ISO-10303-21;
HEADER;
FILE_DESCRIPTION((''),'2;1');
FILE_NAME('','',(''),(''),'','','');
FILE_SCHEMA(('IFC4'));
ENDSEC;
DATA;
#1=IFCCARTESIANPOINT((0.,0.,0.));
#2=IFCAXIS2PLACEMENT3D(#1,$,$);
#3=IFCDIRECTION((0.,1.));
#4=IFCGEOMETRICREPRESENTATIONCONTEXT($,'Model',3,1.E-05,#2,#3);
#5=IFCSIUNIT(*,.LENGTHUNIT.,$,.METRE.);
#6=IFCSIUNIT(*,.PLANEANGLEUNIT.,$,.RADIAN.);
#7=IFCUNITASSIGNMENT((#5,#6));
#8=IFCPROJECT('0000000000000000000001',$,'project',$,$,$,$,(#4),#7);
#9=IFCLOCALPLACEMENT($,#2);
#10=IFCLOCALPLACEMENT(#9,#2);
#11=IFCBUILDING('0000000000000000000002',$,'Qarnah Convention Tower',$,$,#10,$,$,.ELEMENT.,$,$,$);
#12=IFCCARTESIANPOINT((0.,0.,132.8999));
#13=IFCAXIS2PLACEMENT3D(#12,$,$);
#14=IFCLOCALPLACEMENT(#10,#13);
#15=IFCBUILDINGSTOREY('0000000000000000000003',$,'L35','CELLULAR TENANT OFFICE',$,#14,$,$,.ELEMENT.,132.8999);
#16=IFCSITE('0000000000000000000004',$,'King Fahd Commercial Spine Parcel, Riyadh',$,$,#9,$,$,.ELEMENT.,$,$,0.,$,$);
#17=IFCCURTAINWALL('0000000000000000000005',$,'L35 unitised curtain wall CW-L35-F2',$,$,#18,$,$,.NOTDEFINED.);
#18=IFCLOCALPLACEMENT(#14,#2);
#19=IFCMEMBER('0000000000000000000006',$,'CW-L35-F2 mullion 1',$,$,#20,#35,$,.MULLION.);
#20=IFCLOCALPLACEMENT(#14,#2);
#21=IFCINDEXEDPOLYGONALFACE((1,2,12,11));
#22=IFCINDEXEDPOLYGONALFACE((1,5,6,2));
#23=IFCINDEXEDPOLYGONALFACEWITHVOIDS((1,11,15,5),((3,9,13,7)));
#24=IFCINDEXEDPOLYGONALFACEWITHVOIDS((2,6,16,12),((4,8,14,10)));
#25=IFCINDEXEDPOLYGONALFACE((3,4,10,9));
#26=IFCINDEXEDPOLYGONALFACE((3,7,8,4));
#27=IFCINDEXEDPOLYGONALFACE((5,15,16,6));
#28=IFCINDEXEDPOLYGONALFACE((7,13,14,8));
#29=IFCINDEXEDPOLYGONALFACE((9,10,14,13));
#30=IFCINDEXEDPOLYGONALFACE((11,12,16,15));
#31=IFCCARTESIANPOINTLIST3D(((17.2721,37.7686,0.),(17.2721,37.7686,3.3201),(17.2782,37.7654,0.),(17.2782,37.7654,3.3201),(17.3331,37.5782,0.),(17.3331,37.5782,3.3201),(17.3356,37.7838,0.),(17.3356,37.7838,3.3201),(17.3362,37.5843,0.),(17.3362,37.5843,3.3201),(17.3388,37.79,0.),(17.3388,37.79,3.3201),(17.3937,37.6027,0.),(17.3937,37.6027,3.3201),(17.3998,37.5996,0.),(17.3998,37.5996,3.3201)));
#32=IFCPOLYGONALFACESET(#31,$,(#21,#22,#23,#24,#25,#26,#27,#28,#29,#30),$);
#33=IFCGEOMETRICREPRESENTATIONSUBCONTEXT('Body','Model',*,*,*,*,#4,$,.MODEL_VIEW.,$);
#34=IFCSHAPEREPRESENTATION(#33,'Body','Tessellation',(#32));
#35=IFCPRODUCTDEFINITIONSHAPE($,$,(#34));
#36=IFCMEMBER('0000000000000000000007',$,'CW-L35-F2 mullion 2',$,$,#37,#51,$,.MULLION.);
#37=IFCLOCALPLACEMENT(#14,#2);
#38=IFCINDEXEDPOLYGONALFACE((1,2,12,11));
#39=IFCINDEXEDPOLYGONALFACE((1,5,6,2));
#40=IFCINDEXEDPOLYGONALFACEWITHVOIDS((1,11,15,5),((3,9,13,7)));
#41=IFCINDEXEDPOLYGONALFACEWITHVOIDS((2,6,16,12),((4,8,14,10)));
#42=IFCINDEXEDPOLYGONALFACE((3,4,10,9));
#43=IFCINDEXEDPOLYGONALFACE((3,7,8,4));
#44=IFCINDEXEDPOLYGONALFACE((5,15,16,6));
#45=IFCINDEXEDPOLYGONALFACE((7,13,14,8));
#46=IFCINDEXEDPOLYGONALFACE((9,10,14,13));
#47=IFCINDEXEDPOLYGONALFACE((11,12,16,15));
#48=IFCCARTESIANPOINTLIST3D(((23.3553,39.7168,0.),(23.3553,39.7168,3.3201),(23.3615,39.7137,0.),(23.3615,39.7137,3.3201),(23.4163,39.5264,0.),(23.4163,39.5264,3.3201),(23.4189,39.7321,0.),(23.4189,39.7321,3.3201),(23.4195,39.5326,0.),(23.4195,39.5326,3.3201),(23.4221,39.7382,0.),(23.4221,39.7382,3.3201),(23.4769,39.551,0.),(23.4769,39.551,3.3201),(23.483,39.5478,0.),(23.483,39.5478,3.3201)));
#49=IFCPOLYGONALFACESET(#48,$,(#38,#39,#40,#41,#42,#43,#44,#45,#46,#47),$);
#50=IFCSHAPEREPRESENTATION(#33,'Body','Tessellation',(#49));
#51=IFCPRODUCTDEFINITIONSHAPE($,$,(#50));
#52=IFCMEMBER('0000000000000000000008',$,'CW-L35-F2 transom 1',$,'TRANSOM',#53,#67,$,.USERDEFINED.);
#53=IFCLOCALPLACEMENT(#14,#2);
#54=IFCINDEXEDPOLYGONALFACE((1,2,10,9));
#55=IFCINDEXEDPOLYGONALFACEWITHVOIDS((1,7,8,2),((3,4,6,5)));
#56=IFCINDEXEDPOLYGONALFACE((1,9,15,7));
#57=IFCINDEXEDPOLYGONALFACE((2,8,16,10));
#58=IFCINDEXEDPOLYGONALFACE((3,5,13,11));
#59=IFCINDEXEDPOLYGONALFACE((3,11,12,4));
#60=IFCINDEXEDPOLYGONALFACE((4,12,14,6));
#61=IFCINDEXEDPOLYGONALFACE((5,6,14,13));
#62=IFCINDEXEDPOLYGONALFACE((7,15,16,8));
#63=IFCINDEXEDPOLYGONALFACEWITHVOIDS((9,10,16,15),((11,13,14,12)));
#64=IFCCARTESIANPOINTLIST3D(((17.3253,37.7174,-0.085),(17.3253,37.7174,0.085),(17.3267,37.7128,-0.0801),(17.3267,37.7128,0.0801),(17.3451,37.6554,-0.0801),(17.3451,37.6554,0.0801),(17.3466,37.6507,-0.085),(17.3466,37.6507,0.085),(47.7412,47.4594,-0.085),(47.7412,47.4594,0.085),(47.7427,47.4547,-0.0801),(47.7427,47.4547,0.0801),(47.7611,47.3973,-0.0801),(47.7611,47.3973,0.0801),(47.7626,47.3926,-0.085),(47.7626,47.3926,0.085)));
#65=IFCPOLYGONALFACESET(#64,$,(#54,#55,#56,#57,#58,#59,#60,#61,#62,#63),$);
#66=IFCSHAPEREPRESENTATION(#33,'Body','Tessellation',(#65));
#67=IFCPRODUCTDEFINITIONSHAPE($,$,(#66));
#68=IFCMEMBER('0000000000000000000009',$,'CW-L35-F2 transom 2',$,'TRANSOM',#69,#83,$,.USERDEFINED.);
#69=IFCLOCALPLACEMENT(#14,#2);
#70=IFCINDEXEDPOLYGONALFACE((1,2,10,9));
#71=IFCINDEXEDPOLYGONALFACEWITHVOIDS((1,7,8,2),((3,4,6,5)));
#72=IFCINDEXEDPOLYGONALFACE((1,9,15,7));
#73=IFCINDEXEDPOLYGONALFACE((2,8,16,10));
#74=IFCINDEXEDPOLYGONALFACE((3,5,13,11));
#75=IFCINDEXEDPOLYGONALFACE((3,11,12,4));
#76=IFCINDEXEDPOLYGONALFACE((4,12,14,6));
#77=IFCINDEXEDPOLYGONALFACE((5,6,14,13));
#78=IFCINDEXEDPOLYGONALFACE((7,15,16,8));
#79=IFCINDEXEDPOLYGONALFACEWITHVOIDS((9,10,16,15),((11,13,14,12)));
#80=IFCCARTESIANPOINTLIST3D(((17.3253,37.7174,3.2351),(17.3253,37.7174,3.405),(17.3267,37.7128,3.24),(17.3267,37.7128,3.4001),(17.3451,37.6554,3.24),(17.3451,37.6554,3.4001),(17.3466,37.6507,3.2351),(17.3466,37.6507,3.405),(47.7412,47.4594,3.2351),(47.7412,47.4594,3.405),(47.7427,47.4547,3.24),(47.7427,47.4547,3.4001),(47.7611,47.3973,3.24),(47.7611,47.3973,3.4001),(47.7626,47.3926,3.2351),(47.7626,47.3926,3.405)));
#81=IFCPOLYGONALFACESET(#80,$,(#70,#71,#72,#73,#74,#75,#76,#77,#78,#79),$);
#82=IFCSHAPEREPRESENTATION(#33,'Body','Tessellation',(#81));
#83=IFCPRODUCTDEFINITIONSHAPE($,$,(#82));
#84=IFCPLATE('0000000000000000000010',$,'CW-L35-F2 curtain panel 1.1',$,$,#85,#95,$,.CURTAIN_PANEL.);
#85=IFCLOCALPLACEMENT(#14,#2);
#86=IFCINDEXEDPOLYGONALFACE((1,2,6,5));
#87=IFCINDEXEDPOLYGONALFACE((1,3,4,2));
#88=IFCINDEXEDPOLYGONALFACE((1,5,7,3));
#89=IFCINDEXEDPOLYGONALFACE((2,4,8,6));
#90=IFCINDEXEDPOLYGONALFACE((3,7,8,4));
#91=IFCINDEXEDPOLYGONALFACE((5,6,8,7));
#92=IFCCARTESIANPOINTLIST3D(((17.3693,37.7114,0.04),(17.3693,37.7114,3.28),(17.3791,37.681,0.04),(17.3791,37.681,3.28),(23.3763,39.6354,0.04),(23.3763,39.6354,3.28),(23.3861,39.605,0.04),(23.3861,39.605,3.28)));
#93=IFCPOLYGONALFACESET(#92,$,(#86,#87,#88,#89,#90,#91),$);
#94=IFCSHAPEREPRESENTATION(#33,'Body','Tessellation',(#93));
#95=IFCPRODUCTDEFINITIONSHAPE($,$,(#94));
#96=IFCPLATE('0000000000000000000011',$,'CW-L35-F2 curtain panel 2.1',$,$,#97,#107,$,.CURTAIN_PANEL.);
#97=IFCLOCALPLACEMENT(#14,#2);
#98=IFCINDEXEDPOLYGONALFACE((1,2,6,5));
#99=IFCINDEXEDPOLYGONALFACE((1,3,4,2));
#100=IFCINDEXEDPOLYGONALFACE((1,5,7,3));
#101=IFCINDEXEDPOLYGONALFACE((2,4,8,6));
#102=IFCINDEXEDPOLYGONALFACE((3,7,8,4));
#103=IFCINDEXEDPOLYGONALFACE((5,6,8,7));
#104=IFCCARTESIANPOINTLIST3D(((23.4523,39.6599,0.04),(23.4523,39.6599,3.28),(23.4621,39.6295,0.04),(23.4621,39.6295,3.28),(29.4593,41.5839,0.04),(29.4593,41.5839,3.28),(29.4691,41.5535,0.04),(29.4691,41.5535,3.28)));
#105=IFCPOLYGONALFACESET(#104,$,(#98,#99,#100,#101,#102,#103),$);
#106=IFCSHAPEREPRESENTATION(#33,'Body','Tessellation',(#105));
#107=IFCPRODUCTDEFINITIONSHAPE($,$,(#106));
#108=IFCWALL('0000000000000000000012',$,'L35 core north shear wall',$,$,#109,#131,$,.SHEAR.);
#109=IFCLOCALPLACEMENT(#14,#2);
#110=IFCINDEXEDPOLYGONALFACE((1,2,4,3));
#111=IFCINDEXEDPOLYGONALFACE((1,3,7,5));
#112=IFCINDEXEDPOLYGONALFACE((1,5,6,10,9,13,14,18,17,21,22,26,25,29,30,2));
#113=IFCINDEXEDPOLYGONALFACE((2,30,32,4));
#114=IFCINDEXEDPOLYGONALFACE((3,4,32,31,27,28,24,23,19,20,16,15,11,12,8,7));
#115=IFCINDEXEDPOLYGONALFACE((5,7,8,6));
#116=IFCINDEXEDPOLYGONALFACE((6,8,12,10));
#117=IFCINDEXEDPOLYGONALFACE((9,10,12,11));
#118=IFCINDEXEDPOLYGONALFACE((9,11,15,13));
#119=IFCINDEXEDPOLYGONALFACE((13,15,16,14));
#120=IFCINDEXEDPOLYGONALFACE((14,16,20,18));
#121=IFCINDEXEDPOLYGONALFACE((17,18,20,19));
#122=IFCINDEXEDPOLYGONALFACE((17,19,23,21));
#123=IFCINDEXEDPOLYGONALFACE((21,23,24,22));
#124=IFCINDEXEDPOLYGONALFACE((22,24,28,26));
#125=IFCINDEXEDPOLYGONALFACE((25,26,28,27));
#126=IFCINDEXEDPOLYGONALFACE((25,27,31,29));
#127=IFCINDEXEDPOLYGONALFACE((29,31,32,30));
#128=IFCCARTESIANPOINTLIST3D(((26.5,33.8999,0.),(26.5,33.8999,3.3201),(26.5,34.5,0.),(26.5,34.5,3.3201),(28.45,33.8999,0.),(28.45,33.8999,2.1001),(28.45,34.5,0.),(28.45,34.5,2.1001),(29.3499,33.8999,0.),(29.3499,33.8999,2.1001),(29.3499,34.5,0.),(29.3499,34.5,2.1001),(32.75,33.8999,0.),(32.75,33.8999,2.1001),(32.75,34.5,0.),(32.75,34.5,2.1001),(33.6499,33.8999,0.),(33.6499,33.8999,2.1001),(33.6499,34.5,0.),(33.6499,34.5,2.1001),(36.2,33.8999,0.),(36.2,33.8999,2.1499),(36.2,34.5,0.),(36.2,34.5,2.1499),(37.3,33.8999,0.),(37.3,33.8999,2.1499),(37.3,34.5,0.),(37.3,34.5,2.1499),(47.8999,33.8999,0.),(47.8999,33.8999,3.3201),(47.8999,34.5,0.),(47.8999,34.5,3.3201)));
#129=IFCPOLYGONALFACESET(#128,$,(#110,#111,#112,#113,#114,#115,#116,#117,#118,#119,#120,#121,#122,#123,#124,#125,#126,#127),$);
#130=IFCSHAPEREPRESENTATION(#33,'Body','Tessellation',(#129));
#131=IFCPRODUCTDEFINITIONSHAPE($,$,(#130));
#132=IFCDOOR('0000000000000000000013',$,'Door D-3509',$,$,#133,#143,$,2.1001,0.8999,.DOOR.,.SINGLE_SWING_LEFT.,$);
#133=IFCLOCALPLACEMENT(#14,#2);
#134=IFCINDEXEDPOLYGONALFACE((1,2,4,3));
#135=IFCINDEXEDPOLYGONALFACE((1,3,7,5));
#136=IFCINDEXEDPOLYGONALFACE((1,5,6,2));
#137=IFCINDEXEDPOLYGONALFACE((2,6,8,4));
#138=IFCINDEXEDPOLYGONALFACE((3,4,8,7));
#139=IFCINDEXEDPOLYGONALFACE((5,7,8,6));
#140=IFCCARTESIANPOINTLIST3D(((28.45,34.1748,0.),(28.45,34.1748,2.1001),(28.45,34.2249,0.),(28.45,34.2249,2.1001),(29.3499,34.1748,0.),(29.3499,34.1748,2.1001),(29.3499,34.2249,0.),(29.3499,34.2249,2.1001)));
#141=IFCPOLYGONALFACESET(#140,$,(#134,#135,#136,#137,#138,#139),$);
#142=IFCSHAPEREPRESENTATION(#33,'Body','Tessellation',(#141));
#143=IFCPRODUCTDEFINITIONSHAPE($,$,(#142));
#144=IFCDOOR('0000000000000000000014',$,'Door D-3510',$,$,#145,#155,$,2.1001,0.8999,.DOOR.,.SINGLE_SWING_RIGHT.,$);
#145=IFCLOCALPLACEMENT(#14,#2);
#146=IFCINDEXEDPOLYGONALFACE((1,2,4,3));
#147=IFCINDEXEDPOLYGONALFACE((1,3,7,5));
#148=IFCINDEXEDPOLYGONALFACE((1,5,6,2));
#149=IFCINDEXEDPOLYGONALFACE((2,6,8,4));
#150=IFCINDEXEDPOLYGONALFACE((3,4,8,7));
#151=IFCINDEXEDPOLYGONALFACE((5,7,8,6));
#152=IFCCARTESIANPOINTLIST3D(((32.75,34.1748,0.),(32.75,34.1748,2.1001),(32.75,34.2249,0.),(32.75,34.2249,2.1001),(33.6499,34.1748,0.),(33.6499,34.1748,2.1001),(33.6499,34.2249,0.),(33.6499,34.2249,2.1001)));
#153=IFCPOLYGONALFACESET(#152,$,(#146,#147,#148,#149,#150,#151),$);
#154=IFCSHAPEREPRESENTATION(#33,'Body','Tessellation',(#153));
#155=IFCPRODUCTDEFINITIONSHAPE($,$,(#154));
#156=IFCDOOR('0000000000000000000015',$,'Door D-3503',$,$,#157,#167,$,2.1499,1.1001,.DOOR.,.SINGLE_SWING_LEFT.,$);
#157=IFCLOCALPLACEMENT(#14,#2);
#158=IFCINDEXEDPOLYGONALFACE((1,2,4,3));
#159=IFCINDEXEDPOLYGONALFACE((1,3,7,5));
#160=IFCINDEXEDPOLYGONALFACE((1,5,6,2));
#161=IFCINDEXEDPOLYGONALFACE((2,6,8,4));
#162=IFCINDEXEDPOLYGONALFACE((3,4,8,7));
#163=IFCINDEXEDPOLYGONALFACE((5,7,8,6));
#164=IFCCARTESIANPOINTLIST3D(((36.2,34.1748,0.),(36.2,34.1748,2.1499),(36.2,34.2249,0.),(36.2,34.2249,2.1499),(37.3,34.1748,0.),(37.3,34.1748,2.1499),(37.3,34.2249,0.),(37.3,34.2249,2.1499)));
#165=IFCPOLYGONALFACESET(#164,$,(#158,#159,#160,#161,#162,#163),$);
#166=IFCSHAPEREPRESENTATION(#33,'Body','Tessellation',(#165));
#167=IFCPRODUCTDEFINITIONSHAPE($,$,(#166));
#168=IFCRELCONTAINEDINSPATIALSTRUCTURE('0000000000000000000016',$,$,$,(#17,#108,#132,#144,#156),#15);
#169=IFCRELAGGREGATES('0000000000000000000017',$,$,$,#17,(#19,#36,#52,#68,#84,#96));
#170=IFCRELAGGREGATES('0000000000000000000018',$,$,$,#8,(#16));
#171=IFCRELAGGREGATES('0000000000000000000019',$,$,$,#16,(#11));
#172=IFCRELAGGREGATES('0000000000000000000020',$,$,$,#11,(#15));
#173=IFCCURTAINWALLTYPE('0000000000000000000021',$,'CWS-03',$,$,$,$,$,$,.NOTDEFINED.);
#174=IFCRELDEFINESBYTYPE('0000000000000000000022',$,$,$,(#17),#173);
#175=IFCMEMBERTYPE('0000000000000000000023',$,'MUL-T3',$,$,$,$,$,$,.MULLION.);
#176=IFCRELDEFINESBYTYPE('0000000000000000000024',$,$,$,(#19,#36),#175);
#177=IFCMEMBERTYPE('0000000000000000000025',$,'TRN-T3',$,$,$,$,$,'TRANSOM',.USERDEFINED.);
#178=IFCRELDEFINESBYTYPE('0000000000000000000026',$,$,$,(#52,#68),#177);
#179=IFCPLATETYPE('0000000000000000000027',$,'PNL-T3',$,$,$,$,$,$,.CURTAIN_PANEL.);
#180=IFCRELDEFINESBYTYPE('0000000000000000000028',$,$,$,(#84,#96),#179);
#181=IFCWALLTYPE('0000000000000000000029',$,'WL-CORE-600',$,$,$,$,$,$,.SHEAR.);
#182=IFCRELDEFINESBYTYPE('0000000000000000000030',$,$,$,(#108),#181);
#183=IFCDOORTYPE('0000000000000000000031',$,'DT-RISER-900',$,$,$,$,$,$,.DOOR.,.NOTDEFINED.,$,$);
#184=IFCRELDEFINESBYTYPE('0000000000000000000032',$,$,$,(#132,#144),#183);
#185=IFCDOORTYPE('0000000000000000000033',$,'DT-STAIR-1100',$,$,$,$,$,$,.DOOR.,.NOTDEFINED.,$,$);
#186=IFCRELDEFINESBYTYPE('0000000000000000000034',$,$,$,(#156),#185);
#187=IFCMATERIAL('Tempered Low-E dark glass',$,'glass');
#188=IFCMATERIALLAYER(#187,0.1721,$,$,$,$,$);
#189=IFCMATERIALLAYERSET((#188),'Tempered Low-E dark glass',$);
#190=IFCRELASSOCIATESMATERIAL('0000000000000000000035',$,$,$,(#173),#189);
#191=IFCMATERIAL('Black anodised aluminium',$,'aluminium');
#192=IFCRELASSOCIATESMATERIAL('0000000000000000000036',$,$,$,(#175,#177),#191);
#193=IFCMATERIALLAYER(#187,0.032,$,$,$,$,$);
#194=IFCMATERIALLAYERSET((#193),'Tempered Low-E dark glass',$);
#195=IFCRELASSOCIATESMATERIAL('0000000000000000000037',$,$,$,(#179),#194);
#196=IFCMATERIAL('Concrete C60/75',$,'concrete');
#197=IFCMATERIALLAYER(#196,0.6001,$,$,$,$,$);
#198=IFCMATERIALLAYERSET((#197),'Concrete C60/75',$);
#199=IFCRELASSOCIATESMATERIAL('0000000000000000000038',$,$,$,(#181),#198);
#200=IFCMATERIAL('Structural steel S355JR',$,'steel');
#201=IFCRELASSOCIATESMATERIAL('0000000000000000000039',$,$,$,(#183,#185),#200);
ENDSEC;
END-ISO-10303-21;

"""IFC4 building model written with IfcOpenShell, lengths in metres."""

from ifc_helpers import new_model, si_unit, direction, frame, frame_2d, origin, origin_2d, place, context, subcontext, project, spatial, rectangle, hollow_rectangle, extrude, material, layer, layer_set, material_profile, profile_set, type_object, element, fill, aggregate, save


model = new_model("IFC4")

# Units and contexts
model_context = context("Model", 3, precision=1e-05, world=origin(), true_north=direction((0.0, 1.0)))
body_context = subcontext(model_context, "Body", "Model", "MODEL_VIEW")
ifc_project = project(units=[si_unit("LENGTHUNIT", "METRE"), si_unit("PLANEANGLEUNIT", "RADIAN")], contexts=[model_context])

# Site, building, storey
site_placement = place(None, origin())
site = spatial("IfcSite", under=ifc_project, at=site_placement, Name="King Fahd Commercial Spine Parcel, Riyadh", CompositionType="ELEMENT", RefElevation=0.0)
building_placement = place(site_placement, origin())
building = spatial("IfcBuilding", under=site, at=building_placement, Name="Qarnah Convention Tower", CompositionType="ELEMENT")
storey_placement = place(building_placement, frame((0.0, 0.0, 132.8999)))
storey = spatial("IfcBuildingStorey", under=building, at=storey_placement, Name="L35", Description="CELLULAR TENANT OFFICE", CompositionType="ELEMENT", Elevation=132.8999)

# Shared definitions
ifc_material_1 = material(Name="Concrete C60/75", Category="concrete")

# Shared definitions
ifc_material_2 = material(Name="Structural steel S355JR", Category="steel")

# Curtain wall, members, plates
ifc_material_3 = material(Name="Tempered Low-E dark glass", Category="glass")
ifc_layer_1 = layer(ifc_material_3, 0.1721)
ifc_layer_set_1 = layer_set([ifc_layer_1], Name="Tempered Low-E dark glass")
curtain_wall_type = type_object("IfcCurtainWallType", Name="CWS-03", PredefinedType="NOTDEFINED", material=ifc_layer_set_1)
curtain_wall_placement = place(storey_placement, origin())
curtain_wall = element("IfcCurtainWall", 1, at=curtain_wall_placement, inside=storey, type_object=curtain_wall_type, Name="L35 unitised curtain wall CW-L35-F2", PredefinedType="NOTDEFINED")
ifc_material_4 = material(Name="Black anodised aluminium", Category="aluminium")
ifc_material_profile_1 = material_profile(ifc_material_4, hollow_rectangle(XDim=0.0701, YDim=0.2, WallThickness=0.0049, at=origin_2d()), Name="MUL-70X200")
ifc_profile_set_1 = profile_set([ifc_material_profile_1], Name="Black anodised aluminium")
member_type_1 = type_object("IfcMemberType", Name="MUL-T3", PredefinedType="MULLION", material=ifc_profile_set_1)
member_1_placement = place(storey_placement, frame((17.3359, 37.6841, 0.0), z_axis=(0.0, 0.0, 1.0), x_axis=(0.952343, 0.305028, 0.0)))
member_1 = element("IfcMember", 2, at=member_1_placement, type_object=member_type_1, Name="CW-L35-F2 mullion 1", PredefinedType="MULLION", context=body_context, shape_type="SweptSolid", body=[
    extrude(hollow_rectangle(XDim=0.0701, YDim=0.2, WallThickness=0.0049, at=origin_2d()), origin(), (0.0, 0.0, 1.0), 3.3201),
])
member_2_placement = place(storey_placement, frame((23.4192, 39.6323, 0.0), z_axis=(0.0, 0.0, 1.0), x_axis=(0.952343, 0.305028, 0.0)))
member_2 = element("IfcMember", 3, at=member_2_placement, type_object=member_type_1, Name="CW-L35-F2 mullion 2", PredefinedType="MULLION", context=body_context, shape_type="SweptSolid", body=[
    extrude(hollow_rectangle(XDim=0.0701, YDim=0.2, WallThickness=0.0049, at=origin_2d()), origin(), (0.0, 0.0, 1.0), 3.3201),
])
ifc_material_profile_2 = material_profile(ifc_material_4, hollow_rectangle(XDim=0.0701, YDim=0.1699, WallThickness=0.0049, at=origin_2d()), Name="TRN-70X170")
ifc_profile_set_2 = profile_set([ifc_material_profile_2], Name="Black anodised aluminium")
member_type_2 = type_object("IfcMemberType", Name="TRN-T3", ElementType="TRANSOM", PredefinedType="USERDEFINED", material=ifc_profile_set_2)
member_3_placement = place(storey_placement, frame((17.3359, 37.6841, 0.0), z_axis=(0.952344, 0.305026, 0.0), x_axis=(-0.305026, 0.952344, 0.0)))
member_3 = element("IfcMember", 4, at=member_3_placement, type_object=member_type_2, Name="CW-L35-F2 transom 1", ObjectType="TRANSOM", PredefinedType="USERDEFINED", context=body_context, shape_type="SweptSolid", body=[
    extrude(hollow_rectangle(XDim=0.0701, YDim=0.1699, WallThickness=0.0049, at=origin_2d()), origin(), (0.0, 0.0, 1.0), 31.938),
])
member_4_placement = place(storey_placement, frame((17.3359, 37.6841, 3.3201), z_axis=(0.952344, 0.305026, 0.0), x_axis=(-0.305026, 0.952344, 0.0)))
member_4 = element("IfcMember", 5, at=member_4_placement, type_object=member_type_2, Name="CW-L35-F2 transom 2", ObjectType="TRANSOM", PredefinedType="USERDEFINED", context=body_context, shape_type="SweptSolid", body=[
    extrude(hollow_rectangle(XDim=0.0701, YDim=0.1699, WallThickness=0.0049, at=origin_2d()), origin(), (0.0, 0.0, 1.0), 31.938),
])
ifc_layer_2 = layer(ifc_material_3, 0.032)
ifc_layer_set_2 = layer_set([ifc_layer_2], Name="Tempered Low-E dark glass")
plate_type = type_object("IfcPlateType", Name="PNL-T3", PredefinedType="CURTAIN_PANEL", material=ifc_layer_set_2)
plate_1_placement = place(storey_placement, frame((20.3777, 38.6582, 0.04), z_axis=(0.0, 0.0, 1.0), x_axis=(0.952343, 0.305028, 0.0)))
plate_1 = element("IfcPlate", 6, at=plate_1_placement, type_object=plate_type, Name="CW-L35-F2 curtain panel 1.1", PredefinedType="CURTAIN_PANEL", context=body_context, shape_type="SweptSolid", body=[
    extrude(rectangle(XDim=6.3076, YDim=0.032, at=origin_2d()), origin(), (0.0, 0.0, 1.0), 3.24),
])
plate_2_placement = place(storey_placement, frame((26.4607, 40.6067, 0.04), z_axis=(0.0, 0.0, 1.0), x_axis=(0.952343, 0.305028, 0.0)))
plate_2 = element("IfcPlate", 7, at=plate_2_placement, type_object=plate_type, Name="CW-L35-F2 curtain panel 2.1", PredefinedType="CURTAIN_PANEL", context=body_context, shape_type="SweptSolid", body=[
    extrude(rectangle(XDim=6.3076, YDim=0.032, at=origin_2d()), origin(), (0.0, 0.0, 1.0), 3.24),
])
aggregate(curtain_wall, [member_1, member_2, member_3, member_4, plate_1, plate_2])

# Wall, openings, doors
ifc_layer_3 = layer(ifc_material_1, 0.6001)
ifc_layer_set_3 = layer_set([ifc_layer_3], Name="Concrete C60/75")
wall_type_1 = type_object("IfcWallType", Name="WL-CORE-600", PredefinedType="SHEAR", material=ifc_layer_set_3)
wall_1_placement = place(storey_placement, frame((26.5, 34.2, 0.0), z_axis=(0.0, 0.0, 1.0), x_axis=(1.0, 0.0, 0.0)))
wall_1 = element("IfcWall", 8, at=wall_1_placement, inside=storey, type_object=wall_type_1, Name="L35 core north shear wall", PredefinedType="SHEAR", context=body_context, shape_type="SweptSolid", body=[
    extrude(rectangle(XDim=21.3999, YDim=0.6001, at=frame_2d((10.7, 0.0))), origin(), (0.0, 0.0, 1.0), 3.3201),
])
opening_1_placement = place(wall_1_placement, frame((9.7, 0.0, 0.0)))
opening_1 = element("IfcOpeningElement", 9, at=opening_1_placement, cuts=wall_1, PredefinedType="OPENING", context=body_context, shape_type="SweptSolid", body=[
    extrude(rectangle(XDim=1.1001, YDim=2.1499, at=frame_2d((0.55, 1.075))), frame((0.0, 0.3101, 0.0), z_axis=(0.0, -1.0, 0.0), x_axis=(1.0, 0.0, 0.0)), (0.0, 0.0, 1.0), 0.6201),
])
opening_2_placement = place(wall_1_placement, frame((1.95, 0.0, 0.0)))
opening_2 = element("IfcOpeningElement", 10, at=opening_2_placement, cuts=wall_1, PredefinedType="OPENING", context=body_context, shape_type="SweptSolid", body=[
    extrude(rectangle(XDim=0.8999, YDim=2.1001, at=frame_2d((0.45, 1.05))), frame((0.0, 0.3101, 0.0), z_axis=(0.0, -1.0, 0.0), x_axis=(1.0, 0.0, 0.0)), (0.0, 0.0, 1.0), 0.6201),
])
opening_3_placement = place(wall_1_placement, frame((6.25, 0.0, 0.0)))
opening_3 = element("IfcOpeningElement", 11, at=opening_3_placement, cuts=wall_1, PredefinedType="OPENING", context=body_context, shape_type="SweptSolid", body=[
    extrude(rectangle(XDim=0.8999, YDim=2.1001, at=frame_2d((0.45, 1.05))), frame((0.0, 0.3101, 0.0), z_axis=(0.0, -1.0, 0.0), x_axis=(1.0, 0.0, 0.0)), (0.0, 0.0, 1.0), 0.6201),
])
door_type_1 = type_object("IfcDoorType", Name="DT-RISER-900", OperationType="NOTDEFINED", PredefinedType="DOOR", material=ifc_material_2)
door_1_placement = place(opening_2_placement, origin())
door_1 = element("IfcDoor", 12, at=door_1_placement, inside=storey, type_object=door_type_1, Name="Door D-3509", OperationType="SINGLE_SWING_LEFT", OverallHeight=2.1001, OverallWidth=0.8999, PredefinedType="DOOR", context=body_context, shape_type="SweptSolid", body=[
    extrude(rectangle(XDim=0.8999, YDim=2.1001, at=frame_2d((0.45, 1.05))), frame((0.0, 0.0249, 0.0), z_axis=(0.0, -1.0, 0.0), x_axis=(1.0, 0.0, 0.0)), (0.0, 0.0, 1.0), 0.05),
])
fill(opening_2, door_1)
door_2_placement = place(opening_3_placement, origin())
door_2 = element("IfcDoor", 13, at=door_2_placement, inside=storey, type_object=door_type_1, Name="Door D-3510", OperationType="SINGLE_SWING_RIGHT", OverallHeight=2.1001, OverallWidth=0.8999, PredefinedType="DOOR", context=body_context, shape_type="SweptSolid", body=[
    extrude(rectangle(XDim=0.8999, YDim=2.1001, at=frame_2d((0.45, 1.05))), frame((0.0, 0.0249, 0.0), z_axis=(0.0, -1.0, 0.0), x_axis=(1.0, 0.0, 0.0)), (0.0, 0.0, 1.0), 0.05),
])
fill(opening_3, door_2)
door_type_2 = type_object("IfcDoorType", Name="DT-STAIR-1100", OperationType="NOTDEFINED", PredefinedType="DOOR", material=ifc_material_2)
door_3_placement = place(opening_1_placement, origin())
door_3 = element("IfcDoor", 14, at=door_3_placement, inside=storey, type_object=door_type_2, Name="Door D-3503", OperationType="SINGLE_SWING_LEFT", OverallHeight=2.1499, OverallWidth=1.1001, PredefinedType="DOOR", context=body_context, shape_type="SweptSolid", body=[
    extrude(rectangle(XDim=1.1001, YDim=2.1499, at=frame_2d((0.55, 1.075))), frame((0.0, 0.0249, 0.0), z_axis=(0.0, -1.0, 0.0), x_axis=(1.0, 0.0, 0.0)), (0.0, 0.0, 1.0), 0.05),
])
fill(opening_1, door_3)

save(model, "model.ifc")
